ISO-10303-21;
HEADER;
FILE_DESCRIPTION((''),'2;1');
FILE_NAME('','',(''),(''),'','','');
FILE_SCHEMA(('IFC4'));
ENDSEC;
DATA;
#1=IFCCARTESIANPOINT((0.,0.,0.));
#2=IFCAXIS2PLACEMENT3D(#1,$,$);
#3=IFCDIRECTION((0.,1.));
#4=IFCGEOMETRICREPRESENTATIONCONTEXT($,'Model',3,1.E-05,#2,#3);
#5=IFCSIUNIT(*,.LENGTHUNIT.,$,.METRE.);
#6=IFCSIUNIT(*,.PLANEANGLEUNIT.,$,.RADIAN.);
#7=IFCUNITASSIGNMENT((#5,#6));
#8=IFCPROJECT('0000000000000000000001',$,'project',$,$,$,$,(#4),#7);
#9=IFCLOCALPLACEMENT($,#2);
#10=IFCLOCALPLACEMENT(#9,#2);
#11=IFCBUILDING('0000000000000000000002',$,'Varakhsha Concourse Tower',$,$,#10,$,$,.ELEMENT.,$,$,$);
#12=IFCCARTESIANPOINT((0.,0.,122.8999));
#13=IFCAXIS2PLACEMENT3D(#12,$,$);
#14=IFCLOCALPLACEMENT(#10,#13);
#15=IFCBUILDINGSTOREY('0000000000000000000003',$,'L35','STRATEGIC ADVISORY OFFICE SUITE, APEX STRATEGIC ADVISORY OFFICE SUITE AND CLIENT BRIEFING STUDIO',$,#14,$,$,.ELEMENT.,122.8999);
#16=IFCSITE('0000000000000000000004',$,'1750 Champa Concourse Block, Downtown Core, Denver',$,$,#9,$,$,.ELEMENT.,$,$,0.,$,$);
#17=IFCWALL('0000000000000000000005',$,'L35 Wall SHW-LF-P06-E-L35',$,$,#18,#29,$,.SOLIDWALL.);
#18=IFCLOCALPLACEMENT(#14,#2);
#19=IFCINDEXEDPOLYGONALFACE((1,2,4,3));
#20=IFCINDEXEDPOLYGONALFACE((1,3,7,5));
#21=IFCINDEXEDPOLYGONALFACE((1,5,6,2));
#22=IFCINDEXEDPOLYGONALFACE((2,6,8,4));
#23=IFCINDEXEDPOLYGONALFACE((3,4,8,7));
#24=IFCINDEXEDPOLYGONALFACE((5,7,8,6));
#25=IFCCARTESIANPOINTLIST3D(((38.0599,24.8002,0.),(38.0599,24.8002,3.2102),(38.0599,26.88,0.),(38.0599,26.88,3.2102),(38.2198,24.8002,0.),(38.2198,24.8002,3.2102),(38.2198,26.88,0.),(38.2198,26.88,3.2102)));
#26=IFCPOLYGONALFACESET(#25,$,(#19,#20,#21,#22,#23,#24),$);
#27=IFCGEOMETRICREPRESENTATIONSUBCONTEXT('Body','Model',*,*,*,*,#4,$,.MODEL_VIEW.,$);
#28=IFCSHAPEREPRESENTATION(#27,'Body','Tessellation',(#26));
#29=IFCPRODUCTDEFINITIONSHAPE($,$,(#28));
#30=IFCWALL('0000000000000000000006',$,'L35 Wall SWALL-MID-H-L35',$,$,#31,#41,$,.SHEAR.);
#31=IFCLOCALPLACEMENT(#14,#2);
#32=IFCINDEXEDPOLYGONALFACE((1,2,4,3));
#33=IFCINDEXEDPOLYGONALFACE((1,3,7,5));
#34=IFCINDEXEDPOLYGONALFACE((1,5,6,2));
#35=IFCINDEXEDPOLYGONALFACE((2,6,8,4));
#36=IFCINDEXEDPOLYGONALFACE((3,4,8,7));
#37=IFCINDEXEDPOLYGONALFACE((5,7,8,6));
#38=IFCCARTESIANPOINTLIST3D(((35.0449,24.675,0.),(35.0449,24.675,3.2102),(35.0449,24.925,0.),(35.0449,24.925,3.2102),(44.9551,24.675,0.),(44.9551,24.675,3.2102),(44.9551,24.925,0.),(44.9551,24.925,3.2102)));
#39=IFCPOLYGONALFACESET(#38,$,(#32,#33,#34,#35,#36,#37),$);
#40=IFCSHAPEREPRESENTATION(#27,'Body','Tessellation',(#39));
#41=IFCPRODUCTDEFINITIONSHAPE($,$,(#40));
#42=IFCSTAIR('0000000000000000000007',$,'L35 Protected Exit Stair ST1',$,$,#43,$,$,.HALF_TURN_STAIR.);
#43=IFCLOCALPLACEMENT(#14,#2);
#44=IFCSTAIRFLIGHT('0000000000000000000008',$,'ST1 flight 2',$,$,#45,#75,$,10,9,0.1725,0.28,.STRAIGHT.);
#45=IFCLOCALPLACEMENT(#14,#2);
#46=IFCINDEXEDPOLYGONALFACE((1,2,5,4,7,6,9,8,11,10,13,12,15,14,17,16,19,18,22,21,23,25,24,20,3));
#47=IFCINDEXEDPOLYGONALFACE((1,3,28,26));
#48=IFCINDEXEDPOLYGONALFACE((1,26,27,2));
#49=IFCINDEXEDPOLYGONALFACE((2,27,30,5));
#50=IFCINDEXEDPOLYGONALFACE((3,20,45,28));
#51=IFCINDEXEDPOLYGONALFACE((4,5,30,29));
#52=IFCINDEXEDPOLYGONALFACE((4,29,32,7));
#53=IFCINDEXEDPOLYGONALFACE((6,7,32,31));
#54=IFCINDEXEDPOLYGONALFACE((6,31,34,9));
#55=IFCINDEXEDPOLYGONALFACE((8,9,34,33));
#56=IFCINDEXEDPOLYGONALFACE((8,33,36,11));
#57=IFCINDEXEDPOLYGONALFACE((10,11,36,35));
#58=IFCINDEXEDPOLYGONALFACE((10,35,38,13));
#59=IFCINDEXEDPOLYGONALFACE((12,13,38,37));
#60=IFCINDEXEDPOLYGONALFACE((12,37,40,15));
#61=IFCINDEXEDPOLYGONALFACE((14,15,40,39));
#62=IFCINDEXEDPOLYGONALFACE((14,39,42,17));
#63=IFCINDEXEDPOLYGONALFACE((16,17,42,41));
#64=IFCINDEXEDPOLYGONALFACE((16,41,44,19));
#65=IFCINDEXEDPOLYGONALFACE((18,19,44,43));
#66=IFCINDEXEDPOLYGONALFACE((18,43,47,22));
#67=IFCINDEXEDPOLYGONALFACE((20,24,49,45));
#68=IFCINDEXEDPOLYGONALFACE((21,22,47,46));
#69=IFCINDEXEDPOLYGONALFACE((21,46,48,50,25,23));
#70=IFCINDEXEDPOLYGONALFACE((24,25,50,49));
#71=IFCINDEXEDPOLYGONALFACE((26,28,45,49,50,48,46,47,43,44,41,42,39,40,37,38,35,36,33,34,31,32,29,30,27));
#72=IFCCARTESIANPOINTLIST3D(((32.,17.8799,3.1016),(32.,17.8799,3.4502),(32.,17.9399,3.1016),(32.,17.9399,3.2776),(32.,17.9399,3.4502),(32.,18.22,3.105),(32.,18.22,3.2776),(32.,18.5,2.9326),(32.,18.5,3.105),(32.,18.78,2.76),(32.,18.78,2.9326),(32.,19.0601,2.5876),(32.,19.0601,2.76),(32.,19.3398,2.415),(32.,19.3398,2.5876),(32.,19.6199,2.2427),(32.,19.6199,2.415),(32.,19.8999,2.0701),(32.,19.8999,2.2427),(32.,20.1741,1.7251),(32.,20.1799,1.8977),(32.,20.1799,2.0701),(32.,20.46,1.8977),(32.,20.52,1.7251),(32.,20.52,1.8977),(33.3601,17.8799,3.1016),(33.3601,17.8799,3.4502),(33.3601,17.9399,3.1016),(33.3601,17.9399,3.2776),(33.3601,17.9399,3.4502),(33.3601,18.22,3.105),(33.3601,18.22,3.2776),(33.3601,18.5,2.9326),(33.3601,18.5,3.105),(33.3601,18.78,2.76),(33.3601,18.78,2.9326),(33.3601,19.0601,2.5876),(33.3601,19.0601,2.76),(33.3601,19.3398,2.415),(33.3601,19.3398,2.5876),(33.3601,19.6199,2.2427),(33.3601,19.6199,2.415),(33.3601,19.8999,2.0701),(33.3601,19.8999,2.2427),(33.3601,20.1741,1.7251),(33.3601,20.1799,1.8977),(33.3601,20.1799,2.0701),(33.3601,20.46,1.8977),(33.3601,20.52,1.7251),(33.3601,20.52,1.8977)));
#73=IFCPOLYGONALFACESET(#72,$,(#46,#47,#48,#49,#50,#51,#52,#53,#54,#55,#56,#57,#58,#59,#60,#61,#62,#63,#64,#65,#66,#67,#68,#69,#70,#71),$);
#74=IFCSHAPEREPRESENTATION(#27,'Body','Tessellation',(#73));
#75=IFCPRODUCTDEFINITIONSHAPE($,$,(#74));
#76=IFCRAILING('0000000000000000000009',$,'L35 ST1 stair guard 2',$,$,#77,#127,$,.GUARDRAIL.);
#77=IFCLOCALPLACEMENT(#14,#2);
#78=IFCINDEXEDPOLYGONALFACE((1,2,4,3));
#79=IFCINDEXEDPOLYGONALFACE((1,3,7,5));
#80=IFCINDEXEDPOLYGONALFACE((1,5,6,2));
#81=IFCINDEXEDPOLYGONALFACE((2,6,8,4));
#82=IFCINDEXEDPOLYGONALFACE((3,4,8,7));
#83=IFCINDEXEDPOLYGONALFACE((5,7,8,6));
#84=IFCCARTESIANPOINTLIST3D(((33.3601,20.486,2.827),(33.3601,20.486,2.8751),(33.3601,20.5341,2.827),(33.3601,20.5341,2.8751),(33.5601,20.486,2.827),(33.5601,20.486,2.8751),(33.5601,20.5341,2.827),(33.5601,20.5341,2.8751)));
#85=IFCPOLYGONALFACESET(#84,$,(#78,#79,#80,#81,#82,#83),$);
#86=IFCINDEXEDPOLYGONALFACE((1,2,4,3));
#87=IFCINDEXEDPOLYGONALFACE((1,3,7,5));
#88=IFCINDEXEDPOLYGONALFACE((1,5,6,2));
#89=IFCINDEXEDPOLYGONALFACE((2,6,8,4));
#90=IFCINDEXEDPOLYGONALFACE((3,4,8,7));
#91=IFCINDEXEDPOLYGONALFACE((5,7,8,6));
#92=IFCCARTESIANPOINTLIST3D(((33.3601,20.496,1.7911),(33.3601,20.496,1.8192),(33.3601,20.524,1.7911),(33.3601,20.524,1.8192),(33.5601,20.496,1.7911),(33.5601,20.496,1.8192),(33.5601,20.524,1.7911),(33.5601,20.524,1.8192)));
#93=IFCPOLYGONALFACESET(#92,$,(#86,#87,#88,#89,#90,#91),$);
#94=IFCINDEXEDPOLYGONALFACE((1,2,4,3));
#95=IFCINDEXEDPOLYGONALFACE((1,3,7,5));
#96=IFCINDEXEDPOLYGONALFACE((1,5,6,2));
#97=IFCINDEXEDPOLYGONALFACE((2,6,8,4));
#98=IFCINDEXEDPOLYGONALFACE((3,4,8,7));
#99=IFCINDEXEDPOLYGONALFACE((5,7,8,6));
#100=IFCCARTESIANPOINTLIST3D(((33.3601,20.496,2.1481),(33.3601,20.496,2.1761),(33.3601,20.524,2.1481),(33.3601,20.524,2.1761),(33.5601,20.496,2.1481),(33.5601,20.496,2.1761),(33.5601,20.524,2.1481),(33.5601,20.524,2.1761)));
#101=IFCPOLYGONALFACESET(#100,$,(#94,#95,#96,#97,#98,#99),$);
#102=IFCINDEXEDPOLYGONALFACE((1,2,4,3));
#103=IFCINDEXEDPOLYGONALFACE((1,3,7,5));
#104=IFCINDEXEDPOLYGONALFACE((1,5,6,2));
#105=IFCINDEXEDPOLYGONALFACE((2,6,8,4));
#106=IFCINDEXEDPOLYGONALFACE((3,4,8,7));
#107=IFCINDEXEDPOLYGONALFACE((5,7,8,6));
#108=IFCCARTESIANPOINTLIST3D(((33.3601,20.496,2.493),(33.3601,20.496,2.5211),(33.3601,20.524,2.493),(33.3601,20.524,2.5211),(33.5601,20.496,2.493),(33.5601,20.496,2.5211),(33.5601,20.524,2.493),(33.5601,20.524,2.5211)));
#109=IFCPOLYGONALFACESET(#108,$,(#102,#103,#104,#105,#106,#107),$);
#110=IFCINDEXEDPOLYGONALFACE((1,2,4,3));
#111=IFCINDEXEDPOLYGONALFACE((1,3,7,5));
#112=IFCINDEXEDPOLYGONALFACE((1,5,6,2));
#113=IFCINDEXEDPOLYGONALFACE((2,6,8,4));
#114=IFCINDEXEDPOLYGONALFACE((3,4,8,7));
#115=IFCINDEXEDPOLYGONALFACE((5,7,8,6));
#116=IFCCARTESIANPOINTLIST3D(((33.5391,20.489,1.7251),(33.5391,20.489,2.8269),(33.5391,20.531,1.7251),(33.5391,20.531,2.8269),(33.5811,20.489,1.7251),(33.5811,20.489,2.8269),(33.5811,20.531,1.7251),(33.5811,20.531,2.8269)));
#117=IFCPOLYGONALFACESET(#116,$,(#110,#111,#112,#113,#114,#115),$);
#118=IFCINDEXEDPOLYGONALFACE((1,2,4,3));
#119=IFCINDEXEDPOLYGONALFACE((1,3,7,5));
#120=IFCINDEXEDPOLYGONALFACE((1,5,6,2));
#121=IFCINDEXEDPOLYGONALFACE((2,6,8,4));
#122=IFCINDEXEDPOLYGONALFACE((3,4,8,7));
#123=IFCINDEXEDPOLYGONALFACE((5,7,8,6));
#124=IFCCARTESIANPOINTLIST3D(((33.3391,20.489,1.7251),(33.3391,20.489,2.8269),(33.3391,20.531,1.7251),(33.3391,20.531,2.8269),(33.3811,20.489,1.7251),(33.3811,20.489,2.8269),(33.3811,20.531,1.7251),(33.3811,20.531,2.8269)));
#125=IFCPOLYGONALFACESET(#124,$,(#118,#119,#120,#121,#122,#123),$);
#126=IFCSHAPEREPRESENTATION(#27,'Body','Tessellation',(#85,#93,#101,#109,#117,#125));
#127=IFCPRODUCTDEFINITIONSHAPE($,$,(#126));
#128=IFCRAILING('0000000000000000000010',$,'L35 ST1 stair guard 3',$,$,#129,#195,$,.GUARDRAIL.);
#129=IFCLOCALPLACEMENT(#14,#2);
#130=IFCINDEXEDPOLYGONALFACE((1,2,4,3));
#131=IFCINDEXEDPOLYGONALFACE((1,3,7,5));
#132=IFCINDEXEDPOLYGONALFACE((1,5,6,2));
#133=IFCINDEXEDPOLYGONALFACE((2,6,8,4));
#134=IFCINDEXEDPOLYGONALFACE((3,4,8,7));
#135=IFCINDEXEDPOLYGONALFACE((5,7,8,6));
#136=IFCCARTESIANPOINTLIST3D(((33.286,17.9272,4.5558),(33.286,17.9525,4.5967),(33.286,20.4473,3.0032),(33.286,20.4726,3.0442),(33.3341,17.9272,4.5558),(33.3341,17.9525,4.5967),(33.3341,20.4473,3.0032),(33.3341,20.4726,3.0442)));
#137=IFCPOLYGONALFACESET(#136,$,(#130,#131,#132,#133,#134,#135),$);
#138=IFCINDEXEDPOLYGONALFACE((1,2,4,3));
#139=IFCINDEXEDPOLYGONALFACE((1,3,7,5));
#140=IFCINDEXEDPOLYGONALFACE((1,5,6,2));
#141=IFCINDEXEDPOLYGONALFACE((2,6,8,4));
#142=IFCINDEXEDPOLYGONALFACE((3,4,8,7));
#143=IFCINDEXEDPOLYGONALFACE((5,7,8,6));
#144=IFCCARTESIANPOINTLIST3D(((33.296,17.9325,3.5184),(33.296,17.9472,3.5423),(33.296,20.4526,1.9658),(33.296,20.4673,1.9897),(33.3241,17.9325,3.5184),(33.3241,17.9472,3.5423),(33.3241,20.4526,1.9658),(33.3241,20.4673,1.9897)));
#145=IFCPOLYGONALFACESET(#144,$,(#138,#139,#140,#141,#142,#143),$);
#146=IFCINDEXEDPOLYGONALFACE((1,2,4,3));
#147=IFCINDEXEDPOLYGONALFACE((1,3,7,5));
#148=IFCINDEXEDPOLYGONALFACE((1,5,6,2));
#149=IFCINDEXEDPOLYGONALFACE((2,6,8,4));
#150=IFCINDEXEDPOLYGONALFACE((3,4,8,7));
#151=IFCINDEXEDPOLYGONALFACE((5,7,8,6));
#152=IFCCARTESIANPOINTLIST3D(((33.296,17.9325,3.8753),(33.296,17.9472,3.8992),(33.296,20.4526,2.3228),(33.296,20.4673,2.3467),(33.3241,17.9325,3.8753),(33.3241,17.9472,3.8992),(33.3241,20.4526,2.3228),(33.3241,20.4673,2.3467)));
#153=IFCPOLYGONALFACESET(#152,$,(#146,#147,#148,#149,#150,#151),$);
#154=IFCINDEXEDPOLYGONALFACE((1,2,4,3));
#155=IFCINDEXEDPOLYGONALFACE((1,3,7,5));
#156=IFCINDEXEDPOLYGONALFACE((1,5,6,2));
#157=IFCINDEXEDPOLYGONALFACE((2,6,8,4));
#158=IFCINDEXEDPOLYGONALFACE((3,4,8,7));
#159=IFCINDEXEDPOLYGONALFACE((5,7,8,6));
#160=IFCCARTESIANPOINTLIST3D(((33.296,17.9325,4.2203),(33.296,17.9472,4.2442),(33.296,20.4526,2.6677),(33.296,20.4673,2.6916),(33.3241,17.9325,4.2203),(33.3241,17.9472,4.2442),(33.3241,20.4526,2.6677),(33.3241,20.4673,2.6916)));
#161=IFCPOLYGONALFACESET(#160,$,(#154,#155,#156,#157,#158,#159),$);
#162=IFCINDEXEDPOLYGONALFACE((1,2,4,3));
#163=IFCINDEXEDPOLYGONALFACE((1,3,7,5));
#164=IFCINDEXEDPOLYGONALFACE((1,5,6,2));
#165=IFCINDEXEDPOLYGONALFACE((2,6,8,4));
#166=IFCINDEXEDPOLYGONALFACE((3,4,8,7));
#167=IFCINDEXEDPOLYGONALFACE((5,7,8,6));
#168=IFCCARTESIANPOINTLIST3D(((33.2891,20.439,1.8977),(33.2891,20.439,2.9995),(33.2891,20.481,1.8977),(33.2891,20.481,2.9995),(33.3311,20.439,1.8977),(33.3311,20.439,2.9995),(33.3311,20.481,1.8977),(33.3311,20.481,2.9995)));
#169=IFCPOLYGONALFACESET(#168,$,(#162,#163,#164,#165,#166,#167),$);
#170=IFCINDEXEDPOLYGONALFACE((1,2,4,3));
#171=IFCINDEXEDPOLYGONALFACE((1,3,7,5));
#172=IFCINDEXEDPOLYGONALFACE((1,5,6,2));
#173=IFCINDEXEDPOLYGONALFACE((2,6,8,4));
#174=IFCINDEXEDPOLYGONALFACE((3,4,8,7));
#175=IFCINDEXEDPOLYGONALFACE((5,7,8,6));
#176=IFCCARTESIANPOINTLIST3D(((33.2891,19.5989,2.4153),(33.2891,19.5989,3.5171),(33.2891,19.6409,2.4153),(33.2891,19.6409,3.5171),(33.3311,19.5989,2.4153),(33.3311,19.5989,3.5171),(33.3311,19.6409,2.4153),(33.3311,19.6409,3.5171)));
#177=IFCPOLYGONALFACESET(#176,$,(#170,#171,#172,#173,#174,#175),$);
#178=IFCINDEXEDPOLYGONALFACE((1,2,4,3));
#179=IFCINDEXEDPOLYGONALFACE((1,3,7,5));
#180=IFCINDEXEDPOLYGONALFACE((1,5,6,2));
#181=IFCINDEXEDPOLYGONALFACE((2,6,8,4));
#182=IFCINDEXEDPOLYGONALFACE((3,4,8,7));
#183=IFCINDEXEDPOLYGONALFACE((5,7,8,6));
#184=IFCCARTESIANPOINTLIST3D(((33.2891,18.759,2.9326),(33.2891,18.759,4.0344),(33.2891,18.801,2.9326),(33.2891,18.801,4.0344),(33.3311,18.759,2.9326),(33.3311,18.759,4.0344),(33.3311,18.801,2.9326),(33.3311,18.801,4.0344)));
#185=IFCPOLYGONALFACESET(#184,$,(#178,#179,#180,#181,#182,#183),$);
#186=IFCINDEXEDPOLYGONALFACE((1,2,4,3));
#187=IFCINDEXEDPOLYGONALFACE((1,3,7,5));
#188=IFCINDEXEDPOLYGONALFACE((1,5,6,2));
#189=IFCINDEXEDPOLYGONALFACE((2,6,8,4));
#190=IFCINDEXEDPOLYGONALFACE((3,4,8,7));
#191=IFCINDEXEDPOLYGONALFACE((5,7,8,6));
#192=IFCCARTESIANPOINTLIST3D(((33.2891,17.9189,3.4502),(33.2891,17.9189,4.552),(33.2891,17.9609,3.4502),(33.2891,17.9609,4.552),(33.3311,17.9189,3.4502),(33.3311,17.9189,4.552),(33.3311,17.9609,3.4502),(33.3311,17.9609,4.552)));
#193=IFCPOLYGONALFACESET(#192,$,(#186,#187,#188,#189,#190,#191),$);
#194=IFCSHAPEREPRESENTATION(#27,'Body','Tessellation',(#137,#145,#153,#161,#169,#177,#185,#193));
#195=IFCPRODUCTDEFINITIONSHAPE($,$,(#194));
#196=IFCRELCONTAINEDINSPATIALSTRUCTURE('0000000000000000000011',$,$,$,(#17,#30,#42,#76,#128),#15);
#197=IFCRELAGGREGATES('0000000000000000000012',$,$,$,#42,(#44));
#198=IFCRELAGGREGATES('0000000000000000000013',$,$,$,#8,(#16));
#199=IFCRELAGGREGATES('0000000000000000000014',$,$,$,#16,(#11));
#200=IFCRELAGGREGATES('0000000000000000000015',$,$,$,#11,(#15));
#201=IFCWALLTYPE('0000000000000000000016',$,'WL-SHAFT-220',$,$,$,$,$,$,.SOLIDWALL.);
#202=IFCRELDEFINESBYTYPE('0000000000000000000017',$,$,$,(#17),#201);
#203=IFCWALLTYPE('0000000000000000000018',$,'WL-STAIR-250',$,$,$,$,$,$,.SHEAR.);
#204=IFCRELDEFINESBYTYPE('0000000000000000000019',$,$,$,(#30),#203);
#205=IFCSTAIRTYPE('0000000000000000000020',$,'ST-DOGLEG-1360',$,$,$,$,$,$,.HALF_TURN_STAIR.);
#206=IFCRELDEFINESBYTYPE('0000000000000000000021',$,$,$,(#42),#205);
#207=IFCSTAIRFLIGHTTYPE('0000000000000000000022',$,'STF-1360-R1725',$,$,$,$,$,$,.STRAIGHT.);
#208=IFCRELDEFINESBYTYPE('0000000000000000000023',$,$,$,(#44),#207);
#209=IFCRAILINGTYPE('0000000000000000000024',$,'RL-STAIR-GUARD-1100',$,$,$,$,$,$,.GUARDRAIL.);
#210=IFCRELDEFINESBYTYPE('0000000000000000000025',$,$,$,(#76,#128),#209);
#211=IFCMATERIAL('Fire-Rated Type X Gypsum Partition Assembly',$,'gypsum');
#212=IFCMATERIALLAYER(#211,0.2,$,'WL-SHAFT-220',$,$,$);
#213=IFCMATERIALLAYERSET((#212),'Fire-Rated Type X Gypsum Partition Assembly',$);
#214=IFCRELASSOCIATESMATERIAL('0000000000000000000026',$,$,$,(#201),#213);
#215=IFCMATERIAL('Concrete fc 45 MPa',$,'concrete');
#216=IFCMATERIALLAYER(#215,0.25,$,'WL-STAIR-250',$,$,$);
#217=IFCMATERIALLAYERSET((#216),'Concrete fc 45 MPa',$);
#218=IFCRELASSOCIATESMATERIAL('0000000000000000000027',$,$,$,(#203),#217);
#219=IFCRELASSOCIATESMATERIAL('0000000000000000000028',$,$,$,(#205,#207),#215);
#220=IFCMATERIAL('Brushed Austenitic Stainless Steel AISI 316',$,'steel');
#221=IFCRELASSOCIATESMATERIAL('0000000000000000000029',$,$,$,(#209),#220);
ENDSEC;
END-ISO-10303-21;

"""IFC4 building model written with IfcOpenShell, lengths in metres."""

from ifc_helpers import new_model, si_unit, direction, frame, frame_2d, origin, origin_2d, place, context, subcontext, project, spatial, polyline, rectangle, outline, extrude, material, layer, layer_set, type_object, element, aggregate, save


model = new_model("IFC4")

# Units and contexts
model_context = context("Model", 3, precision=1e-05, world=origin(), true_north=direction((0.0, 1.0)))
body_context = subcontext(model_context, "Body", "Model", "MODEL_VIEW")
ifc_project = project(units=[si_unit("LENGTHUNIT", "METRE"), si_unit("PLANEANGLEUNIT", "RADIAN")], contexts=[model_context])

# Site, building, storey
site_placement = place(None, origin())
site = spatial("IfcSite", under=ifc_project, at=site_placement, Name="1750 Champa Concourse Block, Downtown Core, Denver", CompositionType="ELEMENT", RefElevation=0.0)
building_placement = place(site_placement, origin())
building = spatial("IfcBuilding", under=site, at=building_placement, Name="Varakhsha Concourse Tower", CompositionType="ELEMENT")
storey_placement = place(building_placement, frame((0.0, 0.0, 122.8999)))
storey = spatial("IfcBuildingStorey", under=building, at=storey_placement, Name="L35", Description="STRATEGIC ADVISORY OFFICE SUITE, APEX STRATEGIC ADVISORY OFFICE SUITE AND CLIENT BRIEFING STUDIO", CompositionType="ELEMENT", Elevation=122.8999)

# Shared definitions
ifc_material_1 = material(Name="Fire-Rated Type X Gypsum Partition Assembly", Category="gypsum")
ifc_layer_1 = layer(ifc_material_1, 0.2, Name="WL-SHAFT-220")
ifc_layer_set_1 = layer_set([ifc_layer_1], Name="Fire-Rated Type X Gypsum Partition Assembly")
wall_type_1 = type_object("IfcWallType", Name="WL-SHAFT-220", PredefinedType="SOLIDWALL", material=ifc_layer_set_1)
ifc_material_2 = material(Name="Brushed Austenitic Stainless Steel AISI 316", Category="steel")

# Walls
for number, where, z_axis, x_axis, name in (
    (1, (38.1399, 24.8, 0.0), (0.0, 0.0, 1.0), (0.0, 1.0, 0.0), "L35 Wall SHW-LF-P06-E-L35"),
):
    element("IfcWall", number, at=place(storey_placement, frame(where, z_axis=z_axis, x_axis=x_axis)), inside=storey, type_object=wall_type_1, Name=name, PredefinedType="SOLIDWALL", context=body_context, shape_type="SweptSolid", body=[
        extrude(rectangle(XDim=2.0798, YDim=0.1599, at=frame_2d((1.04, 0.0))), origin(), (0.0, 0.0, 1.0), 3.2102),
    ])
ifc_material_3 = material(Name="Concrete fc 45 MPa", Category="concrete")
ifc_layer_2 = layer(ifc_material_3, 0.25, Name="WL-STAIR-250")
ifc_layer_set_2 = layer_set([ifc_layer_2], Name="Concrete fc 45 MPa")
wall_type_2 = type_object("IfcWallType", Name="WL-STAIR-250", PredefinedType="SHEAR", material=ifc_layer_set_2)
wall_1_placement = place(storey_placement, frame((35.0449, 24.8, 0.0), z_axis=(0.0, 0.0, 1.0), x_axis=(1.0, 0.0, 0.0)))
element("IfcWall", 2, at=wall_1_placement, inside=storey, type_object=wall_type_2, Name="L35 Wall SWALL-MID-H-L35", PredefinedType="SHEAR", context=body_context, shape_type="SweptSolid", body=[
    extrude(rectangle(XDim=9.9102, YDim=0.25, at=frame_2d((4.9551, 0.0))), origin(), (0.0, 0.0, 1.0), 3.2102),
])

# Stair, stair flight
stair_type = type_object("IfcStairType", Name="ST-DOGLEG-1360", PredefinedType="HALF_TURN_STAIR", material=ifc_material_3)
stair_placement = place(storey_placement, origin())
stair = element("IfcStair", 3, at=stair_placement, inside=storey, type_object=stair_type, Name="L35 Protected Exit Stair ST1", PredefinedType="HALF_TURN_STAIR")
stair_flight_type = type_object("IfcStairFlightType", Name="STF-1360-R1725", PredefinedType="STRAIGHT", material=ifc_material_3)
stair_flight_placement = place(storey_placement, frame((32.6799, 20.46, 1.7251), z_axis=(0.0, 0.0, 1.0), x_axis=(0.0, -1.0, 0.0)))
stair_flight = element("IfcStairFlight", 4, at=stair_flight_placement, type_object=stair_flight_type, Name="ST1 flight 2", NumberOfRisers=10, NumberOfTreads=9, PredefinedType="STRAIGHT", RiserHeight=0.1725, TreadLength=0.28, context=body_context, shape_type="SweptSolid", body=[
    extrude(outline(polyline([(-0.0601, 0.0), (-0.0601, 0.1726), (0.0, 0.1726), (0.28, 0.1726), (0.28, 0.345), (0.5601, 0.345), (0.5601, 0.5176), (0.8401, 0.5176), (0.8401, 0.6899), (1.1201, 0.6899), (1.1201, 0.8625), (1.3999, 0.8625), (1.3999, 1.0349), (1.6799, 1.0349), (1.6799, 1.2075), (1.96, 1.2075), (1.96, 1.3799), (2.24, 1.3799), (2.24, 1.5525), (2.52, 1.5525), (2.52, 1.7251), (2.5801, 1.7251), (2.5801, 1.3765), (2.52, 1.3765), (0.2859, 0.0), (-0.0601, 0.0)])), frame((0.0, 0.6802, 0.0), z_axis=(0.0, -1.0, 0.0), x_axis=(1.0, 0.0, 0.0)), (0.0, 0.0, 1.0), 1.3601),
])
aggregate(stair, [stair_flight])

# Railings
railing_type = type_object("IfcRailingType", Name="RL-STAIR-GUARD-1100", PredefinedType="GUARDRAIL", material=ifc_material_2)
railing_1_placement = place(storey_placement, frame((33.5601, 20.51, 1.7251)))
element("IfcRailing", 5, at=railing_1_placement, inside=storey, type_object=railing_type, Name="L35 ST1 stair guard 2", PredefinedType="GUARDRAIL", context=body_context, shape_type="SweptSolid", body=[
    extrude(rectangle(XDim=0.0481, YDim=0.0481, at=origin_2d()), frame((0.0, 0.0, 1.126), z_axis=(-1.0, 0.0, 0.0), x_axis=(0.0, -1.0, 0.0)), (0.0, 0.0, 1.0), 0.2),
    extrude(rectangle(XDim=0.0281, YDim=0.0281, at=origin_2d()), frame((0.0, 0.0, 0.0801), z_axis=(-1.0, 0.0, 0.0), x_axis=(0.0, -1.0, 0.0)), (0.0, 0.0, 1.0), 0.2),
    extrude(rectangle(XDim=0.0281, YDim=0.0281, at=origin_2d()), frame((0.0, 0.0, 0.437), z_axis=(-1.0, 0.0, 0.0), x_axis=(0.0, -1.0, 0.0)), (0.0, 0.0, 1.0), 0.2),
    extrude(rectangle(XDim=0.0281, YDim=0.0281, at=origin_2d()), frame((0.0, 0.0, 0.782), z_axis=(-1.0, 0.0, 0.0), x_axis=(0.0, -1.0, 0.0)), (0.0, 0.0, 1.0), 0.2),
    extrude(rectangle(XDim=0.042, YDim=0.042, at=origin_2d()), origin(), (0.0, 0.0, 1.0), 1.1018),
    extrude(rectangle(XDim=0.042, YDim=0.042, at=origin_2d()), frame((-0.2, 0.0, 0.0)), (0.0, 0.0, 1.0), 1.1018),
])
railing_2_placement = place(storey_placement, frame((33.3101, 20.46, 1.8977)))
element("IfcRailing", 6, at=railing_2_placement, inside=storey, type_object=railing_type, Name="L35 ST1 stair guard 3", PredefinedType="GUARDRAIL", context=body_context, shape_type="SweptSolid", body=[
    extrude(rectangle(XDim=0.0481, YDim=0.0481, at=origin_2d()), frame((0.0, 0.0, 1.126), z_axis=(0.0, -0.8514, 0.524516), x_axis=(1.0, 0.0, 0.0)), (0.0, 0.0, 1.0), 2.96),
    extrude(rectangle(XDim=0.0281, YDim=0.0281, at=origin_2d()), frame((0.0, 0.0, 0.0801), z_axis=(0.0, -0.8514, 0.524516), x_axis=(1.0, 0.0, 0.0)), (0.0, 0.0, 1.0), 2.96),
    extrude(rectangle(XDim=0.0281, YDim=0.0281, at=origin_2d()), frame((0.0, 0.0, 0.437), z_axis=(0.0, -0.8514, 0.524516), x_axis=(1.0, 0.0, 0.0)), (0.0, 0.0, 1.0), 2.96),
    extrude(rectangle(XDim=0.0281, YDim=0.0281, at=origin_2d()), frame((0.0, 0.0, 0.782), z_axis=(0.0, -0.8514, 0.524516), x_axis=(1.0, 0.0, 0.0)), (0.0, 0.0, 1.0), 2.96),
    extrude(rectangle(XDim=0.042, YDim=0.042, at=origin_2d()), origin(), (0.0, 0.0, 1.0), 1.1018),
    extrude(rectangle(XDim=0.042, YDim=0.042, at=origin_2d()), frame((0.0, -0.8401, 0.5176)), (0.0, 0.0, 1.0), 1.1018),
    extrude(rectangle(XDim=0.042, YDim=0.042, at=origin_2d()), frame((0.0, -1.6799, 1.0349)), (0.0, 0.0, 1.0), 1.1018),
    extrude(rectangle(XDim=0.042, YDim=0.042, at=origin_2d()), frame((0.0, -2.52, 1.5525)), (0.0, 0.0, 1.0), 1.1018),
])

save(model, "model.ifc")
